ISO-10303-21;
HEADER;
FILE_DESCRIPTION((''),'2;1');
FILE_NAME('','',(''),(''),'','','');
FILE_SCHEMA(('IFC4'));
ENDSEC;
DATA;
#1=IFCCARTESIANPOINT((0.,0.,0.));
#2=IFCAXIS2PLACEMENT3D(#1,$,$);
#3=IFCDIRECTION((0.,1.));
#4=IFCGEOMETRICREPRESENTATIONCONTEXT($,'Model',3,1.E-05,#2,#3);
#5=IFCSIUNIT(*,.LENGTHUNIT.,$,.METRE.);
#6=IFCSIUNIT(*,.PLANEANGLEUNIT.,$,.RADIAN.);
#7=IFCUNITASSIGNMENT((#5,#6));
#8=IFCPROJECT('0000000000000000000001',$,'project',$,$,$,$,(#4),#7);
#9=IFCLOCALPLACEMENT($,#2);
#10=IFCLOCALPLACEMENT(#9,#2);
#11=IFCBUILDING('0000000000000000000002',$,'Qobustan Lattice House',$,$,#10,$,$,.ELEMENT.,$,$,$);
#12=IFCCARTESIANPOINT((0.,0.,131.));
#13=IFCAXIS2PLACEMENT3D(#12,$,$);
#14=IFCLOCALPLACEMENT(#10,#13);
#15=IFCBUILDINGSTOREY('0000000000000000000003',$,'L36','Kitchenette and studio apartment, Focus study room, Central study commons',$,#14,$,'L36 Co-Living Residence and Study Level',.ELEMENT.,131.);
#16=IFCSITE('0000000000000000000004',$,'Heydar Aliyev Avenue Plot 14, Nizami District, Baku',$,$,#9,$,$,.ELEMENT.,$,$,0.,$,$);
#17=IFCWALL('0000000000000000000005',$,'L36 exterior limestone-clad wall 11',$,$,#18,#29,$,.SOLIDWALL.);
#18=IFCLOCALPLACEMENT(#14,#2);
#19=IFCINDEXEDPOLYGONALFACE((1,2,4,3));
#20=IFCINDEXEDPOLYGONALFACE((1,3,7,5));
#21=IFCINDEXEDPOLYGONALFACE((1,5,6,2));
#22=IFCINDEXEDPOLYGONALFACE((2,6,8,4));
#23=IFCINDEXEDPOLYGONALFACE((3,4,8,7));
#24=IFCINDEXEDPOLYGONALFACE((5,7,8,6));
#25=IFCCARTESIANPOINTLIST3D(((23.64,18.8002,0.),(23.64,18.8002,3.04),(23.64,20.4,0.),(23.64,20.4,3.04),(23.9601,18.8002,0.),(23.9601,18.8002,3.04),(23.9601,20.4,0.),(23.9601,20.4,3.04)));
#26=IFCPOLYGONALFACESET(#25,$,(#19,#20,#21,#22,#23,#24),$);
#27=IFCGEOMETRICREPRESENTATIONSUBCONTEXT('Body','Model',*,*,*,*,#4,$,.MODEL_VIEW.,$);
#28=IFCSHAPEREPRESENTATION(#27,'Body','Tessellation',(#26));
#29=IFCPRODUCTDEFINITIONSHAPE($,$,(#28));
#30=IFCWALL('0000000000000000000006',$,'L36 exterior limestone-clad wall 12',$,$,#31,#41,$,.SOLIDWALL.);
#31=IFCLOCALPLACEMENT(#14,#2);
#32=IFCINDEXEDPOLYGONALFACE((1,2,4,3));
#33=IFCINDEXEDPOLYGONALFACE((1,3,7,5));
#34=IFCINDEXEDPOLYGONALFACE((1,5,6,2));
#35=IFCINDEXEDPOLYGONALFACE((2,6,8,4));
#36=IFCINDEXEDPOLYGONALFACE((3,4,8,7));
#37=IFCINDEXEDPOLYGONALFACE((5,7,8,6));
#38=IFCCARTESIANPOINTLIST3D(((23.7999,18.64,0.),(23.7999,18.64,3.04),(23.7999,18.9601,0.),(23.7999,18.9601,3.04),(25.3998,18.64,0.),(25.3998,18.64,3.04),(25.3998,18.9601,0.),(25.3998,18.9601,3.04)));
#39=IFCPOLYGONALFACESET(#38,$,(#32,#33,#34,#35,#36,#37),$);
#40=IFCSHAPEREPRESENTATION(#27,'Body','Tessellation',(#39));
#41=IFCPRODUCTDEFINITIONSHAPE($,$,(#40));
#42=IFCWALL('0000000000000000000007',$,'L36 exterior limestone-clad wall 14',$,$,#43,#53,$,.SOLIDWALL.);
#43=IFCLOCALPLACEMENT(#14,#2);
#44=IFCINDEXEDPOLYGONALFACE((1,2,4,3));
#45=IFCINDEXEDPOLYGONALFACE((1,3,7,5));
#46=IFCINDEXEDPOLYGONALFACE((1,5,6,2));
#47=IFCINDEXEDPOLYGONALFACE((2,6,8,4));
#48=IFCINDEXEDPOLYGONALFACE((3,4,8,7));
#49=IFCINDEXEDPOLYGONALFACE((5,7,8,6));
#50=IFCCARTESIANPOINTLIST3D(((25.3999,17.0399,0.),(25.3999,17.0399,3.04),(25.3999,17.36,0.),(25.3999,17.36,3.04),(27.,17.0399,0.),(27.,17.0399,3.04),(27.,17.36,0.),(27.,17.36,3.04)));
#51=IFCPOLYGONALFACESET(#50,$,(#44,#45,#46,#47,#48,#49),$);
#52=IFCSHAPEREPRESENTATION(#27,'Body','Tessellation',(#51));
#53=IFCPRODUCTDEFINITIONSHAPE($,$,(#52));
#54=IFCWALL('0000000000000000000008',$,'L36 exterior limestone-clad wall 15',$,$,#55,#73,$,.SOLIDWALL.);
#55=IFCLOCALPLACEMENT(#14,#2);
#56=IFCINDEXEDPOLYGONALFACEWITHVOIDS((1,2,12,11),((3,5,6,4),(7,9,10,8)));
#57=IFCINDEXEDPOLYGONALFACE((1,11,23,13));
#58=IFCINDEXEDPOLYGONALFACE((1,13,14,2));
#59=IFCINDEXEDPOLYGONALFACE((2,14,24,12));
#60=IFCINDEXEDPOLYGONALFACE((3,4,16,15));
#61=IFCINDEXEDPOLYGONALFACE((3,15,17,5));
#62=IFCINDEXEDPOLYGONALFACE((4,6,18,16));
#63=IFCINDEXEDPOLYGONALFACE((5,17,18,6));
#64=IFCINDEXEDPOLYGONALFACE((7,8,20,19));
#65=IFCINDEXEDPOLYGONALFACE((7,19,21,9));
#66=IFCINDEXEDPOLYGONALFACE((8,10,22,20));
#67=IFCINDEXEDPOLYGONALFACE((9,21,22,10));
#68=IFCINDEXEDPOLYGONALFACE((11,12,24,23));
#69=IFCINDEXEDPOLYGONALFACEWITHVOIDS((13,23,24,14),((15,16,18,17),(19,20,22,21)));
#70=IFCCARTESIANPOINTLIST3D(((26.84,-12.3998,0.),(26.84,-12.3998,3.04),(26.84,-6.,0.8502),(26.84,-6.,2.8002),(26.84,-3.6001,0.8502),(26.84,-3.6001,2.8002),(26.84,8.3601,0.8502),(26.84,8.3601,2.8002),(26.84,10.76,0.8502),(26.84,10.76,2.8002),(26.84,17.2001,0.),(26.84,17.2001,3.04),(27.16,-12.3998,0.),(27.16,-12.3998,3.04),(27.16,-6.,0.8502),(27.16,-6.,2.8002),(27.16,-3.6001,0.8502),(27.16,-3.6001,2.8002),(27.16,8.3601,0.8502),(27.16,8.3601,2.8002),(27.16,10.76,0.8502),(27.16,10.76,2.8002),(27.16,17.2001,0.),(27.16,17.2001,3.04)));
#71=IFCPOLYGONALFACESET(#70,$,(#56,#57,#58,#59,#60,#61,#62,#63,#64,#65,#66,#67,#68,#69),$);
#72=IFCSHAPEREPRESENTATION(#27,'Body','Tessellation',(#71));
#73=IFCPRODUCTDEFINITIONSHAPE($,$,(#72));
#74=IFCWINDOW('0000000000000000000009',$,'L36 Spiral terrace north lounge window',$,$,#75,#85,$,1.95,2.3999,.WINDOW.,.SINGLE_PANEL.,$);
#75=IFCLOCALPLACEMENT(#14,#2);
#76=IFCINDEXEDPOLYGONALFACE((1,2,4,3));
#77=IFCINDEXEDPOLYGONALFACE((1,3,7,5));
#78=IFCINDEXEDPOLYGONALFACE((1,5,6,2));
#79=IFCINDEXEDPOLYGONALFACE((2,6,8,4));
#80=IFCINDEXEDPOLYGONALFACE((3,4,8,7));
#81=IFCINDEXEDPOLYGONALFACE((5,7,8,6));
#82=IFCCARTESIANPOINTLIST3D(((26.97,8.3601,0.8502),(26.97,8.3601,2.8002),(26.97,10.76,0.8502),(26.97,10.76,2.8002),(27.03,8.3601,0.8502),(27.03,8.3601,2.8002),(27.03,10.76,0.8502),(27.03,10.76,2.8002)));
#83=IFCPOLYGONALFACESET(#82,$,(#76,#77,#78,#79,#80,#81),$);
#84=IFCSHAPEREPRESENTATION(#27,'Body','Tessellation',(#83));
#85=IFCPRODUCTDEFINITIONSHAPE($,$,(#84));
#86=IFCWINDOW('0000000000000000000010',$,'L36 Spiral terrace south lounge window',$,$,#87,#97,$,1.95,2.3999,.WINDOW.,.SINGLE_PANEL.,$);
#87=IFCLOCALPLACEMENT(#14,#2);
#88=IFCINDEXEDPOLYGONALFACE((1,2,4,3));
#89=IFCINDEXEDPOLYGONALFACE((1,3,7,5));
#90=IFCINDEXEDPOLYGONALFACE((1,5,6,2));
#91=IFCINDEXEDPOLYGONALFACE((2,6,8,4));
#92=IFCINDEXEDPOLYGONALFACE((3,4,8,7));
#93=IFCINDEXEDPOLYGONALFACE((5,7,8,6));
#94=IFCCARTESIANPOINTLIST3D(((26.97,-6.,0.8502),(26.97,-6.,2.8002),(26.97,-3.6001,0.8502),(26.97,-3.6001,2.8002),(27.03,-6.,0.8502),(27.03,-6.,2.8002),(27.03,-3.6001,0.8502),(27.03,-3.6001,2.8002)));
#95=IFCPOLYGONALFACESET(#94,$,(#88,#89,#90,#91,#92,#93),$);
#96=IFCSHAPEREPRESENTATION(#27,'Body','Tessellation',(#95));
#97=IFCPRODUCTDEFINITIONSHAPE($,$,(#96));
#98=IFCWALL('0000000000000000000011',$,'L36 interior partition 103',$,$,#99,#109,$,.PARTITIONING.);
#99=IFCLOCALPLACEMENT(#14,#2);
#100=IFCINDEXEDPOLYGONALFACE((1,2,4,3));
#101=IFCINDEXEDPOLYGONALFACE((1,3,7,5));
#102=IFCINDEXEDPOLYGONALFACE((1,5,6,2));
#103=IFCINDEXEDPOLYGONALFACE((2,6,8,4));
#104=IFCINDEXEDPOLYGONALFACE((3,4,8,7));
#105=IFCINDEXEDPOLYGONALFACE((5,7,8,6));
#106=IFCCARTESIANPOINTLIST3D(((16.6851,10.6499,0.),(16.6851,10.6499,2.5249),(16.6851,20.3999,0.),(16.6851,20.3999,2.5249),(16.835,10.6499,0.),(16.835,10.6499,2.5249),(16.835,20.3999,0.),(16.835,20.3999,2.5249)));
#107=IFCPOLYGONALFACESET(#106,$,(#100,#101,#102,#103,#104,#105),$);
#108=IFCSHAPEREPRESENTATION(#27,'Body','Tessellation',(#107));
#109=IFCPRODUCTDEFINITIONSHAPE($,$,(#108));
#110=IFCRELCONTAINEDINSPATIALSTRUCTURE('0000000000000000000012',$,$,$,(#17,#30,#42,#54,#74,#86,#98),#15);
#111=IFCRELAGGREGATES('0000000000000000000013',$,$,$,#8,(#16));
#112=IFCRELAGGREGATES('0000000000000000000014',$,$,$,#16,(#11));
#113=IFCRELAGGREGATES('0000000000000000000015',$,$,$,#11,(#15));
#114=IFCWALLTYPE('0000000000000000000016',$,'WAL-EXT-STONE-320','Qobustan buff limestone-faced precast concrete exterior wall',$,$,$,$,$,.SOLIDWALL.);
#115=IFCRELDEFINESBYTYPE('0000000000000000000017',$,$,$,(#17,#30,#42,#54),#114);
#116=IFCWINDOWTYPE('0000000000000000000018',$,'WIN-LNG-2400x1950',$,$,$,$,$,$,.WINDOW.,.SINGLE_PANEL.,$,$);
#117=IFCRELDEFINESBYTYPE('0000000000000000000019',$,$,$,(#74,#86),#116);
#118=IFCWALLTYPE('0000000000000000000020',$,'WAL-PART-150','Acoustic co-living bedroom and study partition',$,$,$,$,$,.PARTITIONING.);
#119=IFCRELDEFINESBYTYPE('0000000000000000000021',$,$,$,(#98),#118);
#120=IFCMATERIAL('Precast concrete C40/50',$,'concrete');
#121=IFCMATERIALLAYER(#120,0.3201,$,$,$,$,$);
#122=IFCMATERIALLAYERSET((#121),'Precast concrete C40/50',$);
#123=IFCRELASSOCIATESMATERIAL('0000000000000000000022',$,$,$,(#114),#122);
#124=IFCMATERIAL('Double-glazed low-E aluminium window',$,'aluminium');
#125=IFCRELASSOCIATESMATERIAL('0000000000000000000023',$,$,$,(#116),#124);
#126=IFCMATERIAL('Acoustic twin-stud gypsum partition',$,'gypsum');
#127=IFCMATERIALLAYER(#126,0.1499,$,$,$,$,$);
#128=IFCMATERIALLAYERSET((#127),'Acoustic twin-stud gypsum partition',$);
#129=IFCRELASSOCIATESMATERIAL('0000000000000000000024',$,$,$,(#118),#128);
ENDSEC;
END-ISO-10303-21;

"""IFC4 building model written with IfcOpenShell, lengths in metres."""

from ifc_helpers import new_model, si_unit, direction, frame, frame_2d, origin, place, context, subcontext, project, spatial, rectangle, extrude, material, layer, layer_set, type_object, element, fill, save


model = new_model("IFC4")

# Units and contexts
model_context = context("Model", 3, precision=1e-05, world=origin(), true_north=direction((0.0, 1.0)))
body_context = subcontext(model_context, "Body", "Model", "MODEL_VIEW")
ifc_project = project(units=[si_unit("LENGTHUNIT", "METRE"), si_unit("PLANEANGLEUNIT", "RADIAN")], contexts=[model_context])

# Site, building, storey
site_placement = place(None, origin())
site = spatial("IfcSite", under=ifc_project, at=site_placement, Name="Heydar Aliyev Avenue Plot 14, Nizami District, Baku", CompositionType="ELEMENT", RefElevation=0.0)
building_placement = place(site_placement, origin())
building = spatial("IfcBuilding", under=site, at=building_placement, Name="Qobustan Lattice House", CompositionType="ELEMENT")
storey_placement = place(building_placement, frame((0.0, 0.0, 131.0)))
storey = spatial("IfcBuildingStorey", under=building, at=storey_placement, Name="L36", Description="Kitchenette and studio apartment, Focus study room, Central study commons", LongName="L36 Co-Living Residence and Study Level", CompositionType="ELEMENT", Elevation=131.0)

# Walls
ifc_material_1 = material(Name="Precast concrete C40/50", Category="concrete")
ifc_layer_1 = layer(ifc_material_1, 0.3201)
ifc_layer_set_1 = layer_set([ifc_layer_1], Name="Precast concrete C40/50")
wall_type_1 = type_object("IfcWallType", Name="WAL-EXT-STONE-320", Description="Qobustan buff limestone-faced precast concrete exterior wall", PredefinedType="SOLIDWALL", material=ifc_layer_set_1)
for number, where, z_axis, x_axis, name in (
    (1, (23.8, 20.3999, 0.0), (0.0, 0.0, 1.0), (0.0, -1.0, 0.0), "L36 exterior limestone-clad wall 11"),
    (2, (23.8, 18.8, 0.0), (0.0, 0.0, 1.0), (1.0, 0.0, 0.0), "L36 exterior limestone-clad wall 12"),
):
    element("IfcWall", number, at=place(storey_placement, frame(where, z_axis=z_axis, x_axis=x_axis)), inside=storey, type_object=wall_type_1, Name=name, PredefinedType="SOLIDWALL", context=body_context, shape_type="SweptSolid", body=[
        extrude(rectangle(XDim=1.5999, YDim=0.3201, at=frame_2d((0.7998, 0.0))), origin(), (0.0, 0.0, 1.0), 3.04),
    ])
wall_1_placement = place(storey_placement, frame((25.3999, 17.2, 0.0), z_axis=(0.0, 0.0, 1.0), x_axis=(1.0, 0.0, 0.0)))
element("IfcWall", 3, at=wall_1_placement, inside=storey, type_object=wall_type_1, Name="L36 exterior limestone-clad wall 14", PredefinedType="SOLIDWALL", context=body_context, shape_type="SweptSolid", body=[
    extrude(rectangle(XDim=1.6001, YDim=0.3201, at=frame_2d((0.8, 0.0))), origin(), (0.0, 0.0, 1.0), 3.04),
])

# Wall, openings, windows
wall_2_placement = place(storey_placement, frame((27.0, 17.2, 0.0), z_axis=(0.0, 0.0, 1.0), x_axis=(0.0, -1.0, 0.0)))
wall_2 = element("IfcWall", 4, at=wall_2_placement, inside=storey, type_object=wall_type_1, Name="L36 exterior limestone-clad wall 15", PredefinedType="SOLIDWALL", context=body_context, shape_type="SweptSolid", body=[
    extrude(rectangle(XDim=29.5999, YDim=0.3201, at=frame_2d((14.7998, 0.0))), origin(), (0.0, 0.0, 1.0), 3.04),
])
opening_1_placement = place(wall_2_placement, frame((6.4399, 0.0, 0.8501)))
opening_1 = element("IfcOpeningElement", 5, at=opening_1_placement, cuts=wall_2, PredefinedType="OPENING", context=body_context, shape_type="SweptSolid", body=[
    extrude(rectangle(XDim=2.3999, YDim=1.95, at=frame_2d((1.2, 0.9751))), frame((0.0, 0.1699, 0.0), z_axis=(0.0, -1.0, 0.0), x_axis=(1.0, 0.0, 0.0)), (0.0, 0.0, 1.0), 0.3401),
])
opening_2_placement = place(wall_2_placement, frame((20.8, 0.0, 0.8501)))
opening_2 = element("IfcOpeningElement", 6, at=opening_2_placement, cuts=wall_2, PredefinedType="OPENING", context=body_context, shape_type="SweptSolid", body=[
    extrude(rectangle(XDim=2.3999, YDim=1.95, at=frame_2d((1.2, 0.9751))), frame((0.0, 0.1699, 0.0), z_axis=(0.0, -1.0, 0.0), x_axis=(1.0, 0.0, 0.0)), (0.0, 0.0, 1.0), 0.3401),
])
ifc_material_2 = material(Name="Double-glazed low-E aluminium window", Category="aluminium")
window_type = type_object("IfcWindowType", Name="WIN-LNG-2400x1950", PartitioningType="SINGLE_PANEL", PredefinedType="WINDOW", material=ifc_material_2)
window_1_placement = place(opening_1_placement, origin())
window_1 = element("IfcWindow", 7, at=window_1_placement, inside=storey, type_object=window_type, Name="L36 Spiral terrace north lounge window", OverallHeight=1.95, OverallWidth=2.3999, PartitioningType="SINGLE_PANEL", PredefinedType="WINDOW", context=body_context, shape_type="SweptSolid", body=[
    extrude(rectangle(XDim=2.3999, YDim=1.95, at=frame_2d((1.2, 0.9751))), frame((0.0, 0.03, 0.0), z_axis=(0.0, -1.0, 0.0), x_axis=(1.0, 0.0, 0.0)), (0.0, 0.0, 1.0), 0.0601),
])
fill(opening_1, window_1)
window_2_placement = place(opening_2_placement, origin())
window_2 = element("IfcWindow", 8, at=window_2_placement, inside=storey, type_object=window_type, Name="L36 Spiral terrace south lounge window", OverallHeight=1.95, OverallWidth=2.3999, PartitioningType="SINGLE_PANEL", PredefinedType="WINDOW", context=body_context, shape_type="SweptSolid", body=[
    extrude(rectangle(XDim=2.3999, YDim=1.95, at=frame_2d((1.2, 0.9751))), frame((0.0, 0.03, 0.0), z_axis=(0.0, -1.0, 0.0), x_axis=(1.0, 0.0, 0.0)), (0.0, 0.0, 1.0), 0.0601),
])
fill(opening_2, window_2)

# Wall
ifc_material_3 = material(Name="Acoustic twin-stud gypsum partition", Category="gypsum")
ifc_layer_2 = layer(ifc_material_3, 0.1499)
ifc_layer_set_2 = layer_set([ifc_layer_2], Name="Acoustic twin-stud gypsum partition")
wall_type_2 = type_object("IfcWallType", Name="WAL-PART-150", Description="Acoustic co-living bedroom and study partition", PredefinedType="PARTITIONING", material=ifc_layer_set_2)
wall_3_placement = place(storey_placement, frame((16.76, 20.3999, 0.0), z_axis=(0.0, 0.0, 1.0), x_axis=(0.0, -1.0, 0.0)))
element("IfcWall", 9, at=wall_3_placement, inside=storey, type_object=wall_type_2, Name="L36 interior partition 103", PredefinedType="PARTITIONING", context=body_context, shape_type="SweptSolid", body=[
    extrude(rectangle(XDim=9.75, YDim=0.1499, at=frame_2d((4.875, 0.0))), origin(), (0.0, 0.0, 1.0), 2.5249),
])

save(model, "model.ifc")
